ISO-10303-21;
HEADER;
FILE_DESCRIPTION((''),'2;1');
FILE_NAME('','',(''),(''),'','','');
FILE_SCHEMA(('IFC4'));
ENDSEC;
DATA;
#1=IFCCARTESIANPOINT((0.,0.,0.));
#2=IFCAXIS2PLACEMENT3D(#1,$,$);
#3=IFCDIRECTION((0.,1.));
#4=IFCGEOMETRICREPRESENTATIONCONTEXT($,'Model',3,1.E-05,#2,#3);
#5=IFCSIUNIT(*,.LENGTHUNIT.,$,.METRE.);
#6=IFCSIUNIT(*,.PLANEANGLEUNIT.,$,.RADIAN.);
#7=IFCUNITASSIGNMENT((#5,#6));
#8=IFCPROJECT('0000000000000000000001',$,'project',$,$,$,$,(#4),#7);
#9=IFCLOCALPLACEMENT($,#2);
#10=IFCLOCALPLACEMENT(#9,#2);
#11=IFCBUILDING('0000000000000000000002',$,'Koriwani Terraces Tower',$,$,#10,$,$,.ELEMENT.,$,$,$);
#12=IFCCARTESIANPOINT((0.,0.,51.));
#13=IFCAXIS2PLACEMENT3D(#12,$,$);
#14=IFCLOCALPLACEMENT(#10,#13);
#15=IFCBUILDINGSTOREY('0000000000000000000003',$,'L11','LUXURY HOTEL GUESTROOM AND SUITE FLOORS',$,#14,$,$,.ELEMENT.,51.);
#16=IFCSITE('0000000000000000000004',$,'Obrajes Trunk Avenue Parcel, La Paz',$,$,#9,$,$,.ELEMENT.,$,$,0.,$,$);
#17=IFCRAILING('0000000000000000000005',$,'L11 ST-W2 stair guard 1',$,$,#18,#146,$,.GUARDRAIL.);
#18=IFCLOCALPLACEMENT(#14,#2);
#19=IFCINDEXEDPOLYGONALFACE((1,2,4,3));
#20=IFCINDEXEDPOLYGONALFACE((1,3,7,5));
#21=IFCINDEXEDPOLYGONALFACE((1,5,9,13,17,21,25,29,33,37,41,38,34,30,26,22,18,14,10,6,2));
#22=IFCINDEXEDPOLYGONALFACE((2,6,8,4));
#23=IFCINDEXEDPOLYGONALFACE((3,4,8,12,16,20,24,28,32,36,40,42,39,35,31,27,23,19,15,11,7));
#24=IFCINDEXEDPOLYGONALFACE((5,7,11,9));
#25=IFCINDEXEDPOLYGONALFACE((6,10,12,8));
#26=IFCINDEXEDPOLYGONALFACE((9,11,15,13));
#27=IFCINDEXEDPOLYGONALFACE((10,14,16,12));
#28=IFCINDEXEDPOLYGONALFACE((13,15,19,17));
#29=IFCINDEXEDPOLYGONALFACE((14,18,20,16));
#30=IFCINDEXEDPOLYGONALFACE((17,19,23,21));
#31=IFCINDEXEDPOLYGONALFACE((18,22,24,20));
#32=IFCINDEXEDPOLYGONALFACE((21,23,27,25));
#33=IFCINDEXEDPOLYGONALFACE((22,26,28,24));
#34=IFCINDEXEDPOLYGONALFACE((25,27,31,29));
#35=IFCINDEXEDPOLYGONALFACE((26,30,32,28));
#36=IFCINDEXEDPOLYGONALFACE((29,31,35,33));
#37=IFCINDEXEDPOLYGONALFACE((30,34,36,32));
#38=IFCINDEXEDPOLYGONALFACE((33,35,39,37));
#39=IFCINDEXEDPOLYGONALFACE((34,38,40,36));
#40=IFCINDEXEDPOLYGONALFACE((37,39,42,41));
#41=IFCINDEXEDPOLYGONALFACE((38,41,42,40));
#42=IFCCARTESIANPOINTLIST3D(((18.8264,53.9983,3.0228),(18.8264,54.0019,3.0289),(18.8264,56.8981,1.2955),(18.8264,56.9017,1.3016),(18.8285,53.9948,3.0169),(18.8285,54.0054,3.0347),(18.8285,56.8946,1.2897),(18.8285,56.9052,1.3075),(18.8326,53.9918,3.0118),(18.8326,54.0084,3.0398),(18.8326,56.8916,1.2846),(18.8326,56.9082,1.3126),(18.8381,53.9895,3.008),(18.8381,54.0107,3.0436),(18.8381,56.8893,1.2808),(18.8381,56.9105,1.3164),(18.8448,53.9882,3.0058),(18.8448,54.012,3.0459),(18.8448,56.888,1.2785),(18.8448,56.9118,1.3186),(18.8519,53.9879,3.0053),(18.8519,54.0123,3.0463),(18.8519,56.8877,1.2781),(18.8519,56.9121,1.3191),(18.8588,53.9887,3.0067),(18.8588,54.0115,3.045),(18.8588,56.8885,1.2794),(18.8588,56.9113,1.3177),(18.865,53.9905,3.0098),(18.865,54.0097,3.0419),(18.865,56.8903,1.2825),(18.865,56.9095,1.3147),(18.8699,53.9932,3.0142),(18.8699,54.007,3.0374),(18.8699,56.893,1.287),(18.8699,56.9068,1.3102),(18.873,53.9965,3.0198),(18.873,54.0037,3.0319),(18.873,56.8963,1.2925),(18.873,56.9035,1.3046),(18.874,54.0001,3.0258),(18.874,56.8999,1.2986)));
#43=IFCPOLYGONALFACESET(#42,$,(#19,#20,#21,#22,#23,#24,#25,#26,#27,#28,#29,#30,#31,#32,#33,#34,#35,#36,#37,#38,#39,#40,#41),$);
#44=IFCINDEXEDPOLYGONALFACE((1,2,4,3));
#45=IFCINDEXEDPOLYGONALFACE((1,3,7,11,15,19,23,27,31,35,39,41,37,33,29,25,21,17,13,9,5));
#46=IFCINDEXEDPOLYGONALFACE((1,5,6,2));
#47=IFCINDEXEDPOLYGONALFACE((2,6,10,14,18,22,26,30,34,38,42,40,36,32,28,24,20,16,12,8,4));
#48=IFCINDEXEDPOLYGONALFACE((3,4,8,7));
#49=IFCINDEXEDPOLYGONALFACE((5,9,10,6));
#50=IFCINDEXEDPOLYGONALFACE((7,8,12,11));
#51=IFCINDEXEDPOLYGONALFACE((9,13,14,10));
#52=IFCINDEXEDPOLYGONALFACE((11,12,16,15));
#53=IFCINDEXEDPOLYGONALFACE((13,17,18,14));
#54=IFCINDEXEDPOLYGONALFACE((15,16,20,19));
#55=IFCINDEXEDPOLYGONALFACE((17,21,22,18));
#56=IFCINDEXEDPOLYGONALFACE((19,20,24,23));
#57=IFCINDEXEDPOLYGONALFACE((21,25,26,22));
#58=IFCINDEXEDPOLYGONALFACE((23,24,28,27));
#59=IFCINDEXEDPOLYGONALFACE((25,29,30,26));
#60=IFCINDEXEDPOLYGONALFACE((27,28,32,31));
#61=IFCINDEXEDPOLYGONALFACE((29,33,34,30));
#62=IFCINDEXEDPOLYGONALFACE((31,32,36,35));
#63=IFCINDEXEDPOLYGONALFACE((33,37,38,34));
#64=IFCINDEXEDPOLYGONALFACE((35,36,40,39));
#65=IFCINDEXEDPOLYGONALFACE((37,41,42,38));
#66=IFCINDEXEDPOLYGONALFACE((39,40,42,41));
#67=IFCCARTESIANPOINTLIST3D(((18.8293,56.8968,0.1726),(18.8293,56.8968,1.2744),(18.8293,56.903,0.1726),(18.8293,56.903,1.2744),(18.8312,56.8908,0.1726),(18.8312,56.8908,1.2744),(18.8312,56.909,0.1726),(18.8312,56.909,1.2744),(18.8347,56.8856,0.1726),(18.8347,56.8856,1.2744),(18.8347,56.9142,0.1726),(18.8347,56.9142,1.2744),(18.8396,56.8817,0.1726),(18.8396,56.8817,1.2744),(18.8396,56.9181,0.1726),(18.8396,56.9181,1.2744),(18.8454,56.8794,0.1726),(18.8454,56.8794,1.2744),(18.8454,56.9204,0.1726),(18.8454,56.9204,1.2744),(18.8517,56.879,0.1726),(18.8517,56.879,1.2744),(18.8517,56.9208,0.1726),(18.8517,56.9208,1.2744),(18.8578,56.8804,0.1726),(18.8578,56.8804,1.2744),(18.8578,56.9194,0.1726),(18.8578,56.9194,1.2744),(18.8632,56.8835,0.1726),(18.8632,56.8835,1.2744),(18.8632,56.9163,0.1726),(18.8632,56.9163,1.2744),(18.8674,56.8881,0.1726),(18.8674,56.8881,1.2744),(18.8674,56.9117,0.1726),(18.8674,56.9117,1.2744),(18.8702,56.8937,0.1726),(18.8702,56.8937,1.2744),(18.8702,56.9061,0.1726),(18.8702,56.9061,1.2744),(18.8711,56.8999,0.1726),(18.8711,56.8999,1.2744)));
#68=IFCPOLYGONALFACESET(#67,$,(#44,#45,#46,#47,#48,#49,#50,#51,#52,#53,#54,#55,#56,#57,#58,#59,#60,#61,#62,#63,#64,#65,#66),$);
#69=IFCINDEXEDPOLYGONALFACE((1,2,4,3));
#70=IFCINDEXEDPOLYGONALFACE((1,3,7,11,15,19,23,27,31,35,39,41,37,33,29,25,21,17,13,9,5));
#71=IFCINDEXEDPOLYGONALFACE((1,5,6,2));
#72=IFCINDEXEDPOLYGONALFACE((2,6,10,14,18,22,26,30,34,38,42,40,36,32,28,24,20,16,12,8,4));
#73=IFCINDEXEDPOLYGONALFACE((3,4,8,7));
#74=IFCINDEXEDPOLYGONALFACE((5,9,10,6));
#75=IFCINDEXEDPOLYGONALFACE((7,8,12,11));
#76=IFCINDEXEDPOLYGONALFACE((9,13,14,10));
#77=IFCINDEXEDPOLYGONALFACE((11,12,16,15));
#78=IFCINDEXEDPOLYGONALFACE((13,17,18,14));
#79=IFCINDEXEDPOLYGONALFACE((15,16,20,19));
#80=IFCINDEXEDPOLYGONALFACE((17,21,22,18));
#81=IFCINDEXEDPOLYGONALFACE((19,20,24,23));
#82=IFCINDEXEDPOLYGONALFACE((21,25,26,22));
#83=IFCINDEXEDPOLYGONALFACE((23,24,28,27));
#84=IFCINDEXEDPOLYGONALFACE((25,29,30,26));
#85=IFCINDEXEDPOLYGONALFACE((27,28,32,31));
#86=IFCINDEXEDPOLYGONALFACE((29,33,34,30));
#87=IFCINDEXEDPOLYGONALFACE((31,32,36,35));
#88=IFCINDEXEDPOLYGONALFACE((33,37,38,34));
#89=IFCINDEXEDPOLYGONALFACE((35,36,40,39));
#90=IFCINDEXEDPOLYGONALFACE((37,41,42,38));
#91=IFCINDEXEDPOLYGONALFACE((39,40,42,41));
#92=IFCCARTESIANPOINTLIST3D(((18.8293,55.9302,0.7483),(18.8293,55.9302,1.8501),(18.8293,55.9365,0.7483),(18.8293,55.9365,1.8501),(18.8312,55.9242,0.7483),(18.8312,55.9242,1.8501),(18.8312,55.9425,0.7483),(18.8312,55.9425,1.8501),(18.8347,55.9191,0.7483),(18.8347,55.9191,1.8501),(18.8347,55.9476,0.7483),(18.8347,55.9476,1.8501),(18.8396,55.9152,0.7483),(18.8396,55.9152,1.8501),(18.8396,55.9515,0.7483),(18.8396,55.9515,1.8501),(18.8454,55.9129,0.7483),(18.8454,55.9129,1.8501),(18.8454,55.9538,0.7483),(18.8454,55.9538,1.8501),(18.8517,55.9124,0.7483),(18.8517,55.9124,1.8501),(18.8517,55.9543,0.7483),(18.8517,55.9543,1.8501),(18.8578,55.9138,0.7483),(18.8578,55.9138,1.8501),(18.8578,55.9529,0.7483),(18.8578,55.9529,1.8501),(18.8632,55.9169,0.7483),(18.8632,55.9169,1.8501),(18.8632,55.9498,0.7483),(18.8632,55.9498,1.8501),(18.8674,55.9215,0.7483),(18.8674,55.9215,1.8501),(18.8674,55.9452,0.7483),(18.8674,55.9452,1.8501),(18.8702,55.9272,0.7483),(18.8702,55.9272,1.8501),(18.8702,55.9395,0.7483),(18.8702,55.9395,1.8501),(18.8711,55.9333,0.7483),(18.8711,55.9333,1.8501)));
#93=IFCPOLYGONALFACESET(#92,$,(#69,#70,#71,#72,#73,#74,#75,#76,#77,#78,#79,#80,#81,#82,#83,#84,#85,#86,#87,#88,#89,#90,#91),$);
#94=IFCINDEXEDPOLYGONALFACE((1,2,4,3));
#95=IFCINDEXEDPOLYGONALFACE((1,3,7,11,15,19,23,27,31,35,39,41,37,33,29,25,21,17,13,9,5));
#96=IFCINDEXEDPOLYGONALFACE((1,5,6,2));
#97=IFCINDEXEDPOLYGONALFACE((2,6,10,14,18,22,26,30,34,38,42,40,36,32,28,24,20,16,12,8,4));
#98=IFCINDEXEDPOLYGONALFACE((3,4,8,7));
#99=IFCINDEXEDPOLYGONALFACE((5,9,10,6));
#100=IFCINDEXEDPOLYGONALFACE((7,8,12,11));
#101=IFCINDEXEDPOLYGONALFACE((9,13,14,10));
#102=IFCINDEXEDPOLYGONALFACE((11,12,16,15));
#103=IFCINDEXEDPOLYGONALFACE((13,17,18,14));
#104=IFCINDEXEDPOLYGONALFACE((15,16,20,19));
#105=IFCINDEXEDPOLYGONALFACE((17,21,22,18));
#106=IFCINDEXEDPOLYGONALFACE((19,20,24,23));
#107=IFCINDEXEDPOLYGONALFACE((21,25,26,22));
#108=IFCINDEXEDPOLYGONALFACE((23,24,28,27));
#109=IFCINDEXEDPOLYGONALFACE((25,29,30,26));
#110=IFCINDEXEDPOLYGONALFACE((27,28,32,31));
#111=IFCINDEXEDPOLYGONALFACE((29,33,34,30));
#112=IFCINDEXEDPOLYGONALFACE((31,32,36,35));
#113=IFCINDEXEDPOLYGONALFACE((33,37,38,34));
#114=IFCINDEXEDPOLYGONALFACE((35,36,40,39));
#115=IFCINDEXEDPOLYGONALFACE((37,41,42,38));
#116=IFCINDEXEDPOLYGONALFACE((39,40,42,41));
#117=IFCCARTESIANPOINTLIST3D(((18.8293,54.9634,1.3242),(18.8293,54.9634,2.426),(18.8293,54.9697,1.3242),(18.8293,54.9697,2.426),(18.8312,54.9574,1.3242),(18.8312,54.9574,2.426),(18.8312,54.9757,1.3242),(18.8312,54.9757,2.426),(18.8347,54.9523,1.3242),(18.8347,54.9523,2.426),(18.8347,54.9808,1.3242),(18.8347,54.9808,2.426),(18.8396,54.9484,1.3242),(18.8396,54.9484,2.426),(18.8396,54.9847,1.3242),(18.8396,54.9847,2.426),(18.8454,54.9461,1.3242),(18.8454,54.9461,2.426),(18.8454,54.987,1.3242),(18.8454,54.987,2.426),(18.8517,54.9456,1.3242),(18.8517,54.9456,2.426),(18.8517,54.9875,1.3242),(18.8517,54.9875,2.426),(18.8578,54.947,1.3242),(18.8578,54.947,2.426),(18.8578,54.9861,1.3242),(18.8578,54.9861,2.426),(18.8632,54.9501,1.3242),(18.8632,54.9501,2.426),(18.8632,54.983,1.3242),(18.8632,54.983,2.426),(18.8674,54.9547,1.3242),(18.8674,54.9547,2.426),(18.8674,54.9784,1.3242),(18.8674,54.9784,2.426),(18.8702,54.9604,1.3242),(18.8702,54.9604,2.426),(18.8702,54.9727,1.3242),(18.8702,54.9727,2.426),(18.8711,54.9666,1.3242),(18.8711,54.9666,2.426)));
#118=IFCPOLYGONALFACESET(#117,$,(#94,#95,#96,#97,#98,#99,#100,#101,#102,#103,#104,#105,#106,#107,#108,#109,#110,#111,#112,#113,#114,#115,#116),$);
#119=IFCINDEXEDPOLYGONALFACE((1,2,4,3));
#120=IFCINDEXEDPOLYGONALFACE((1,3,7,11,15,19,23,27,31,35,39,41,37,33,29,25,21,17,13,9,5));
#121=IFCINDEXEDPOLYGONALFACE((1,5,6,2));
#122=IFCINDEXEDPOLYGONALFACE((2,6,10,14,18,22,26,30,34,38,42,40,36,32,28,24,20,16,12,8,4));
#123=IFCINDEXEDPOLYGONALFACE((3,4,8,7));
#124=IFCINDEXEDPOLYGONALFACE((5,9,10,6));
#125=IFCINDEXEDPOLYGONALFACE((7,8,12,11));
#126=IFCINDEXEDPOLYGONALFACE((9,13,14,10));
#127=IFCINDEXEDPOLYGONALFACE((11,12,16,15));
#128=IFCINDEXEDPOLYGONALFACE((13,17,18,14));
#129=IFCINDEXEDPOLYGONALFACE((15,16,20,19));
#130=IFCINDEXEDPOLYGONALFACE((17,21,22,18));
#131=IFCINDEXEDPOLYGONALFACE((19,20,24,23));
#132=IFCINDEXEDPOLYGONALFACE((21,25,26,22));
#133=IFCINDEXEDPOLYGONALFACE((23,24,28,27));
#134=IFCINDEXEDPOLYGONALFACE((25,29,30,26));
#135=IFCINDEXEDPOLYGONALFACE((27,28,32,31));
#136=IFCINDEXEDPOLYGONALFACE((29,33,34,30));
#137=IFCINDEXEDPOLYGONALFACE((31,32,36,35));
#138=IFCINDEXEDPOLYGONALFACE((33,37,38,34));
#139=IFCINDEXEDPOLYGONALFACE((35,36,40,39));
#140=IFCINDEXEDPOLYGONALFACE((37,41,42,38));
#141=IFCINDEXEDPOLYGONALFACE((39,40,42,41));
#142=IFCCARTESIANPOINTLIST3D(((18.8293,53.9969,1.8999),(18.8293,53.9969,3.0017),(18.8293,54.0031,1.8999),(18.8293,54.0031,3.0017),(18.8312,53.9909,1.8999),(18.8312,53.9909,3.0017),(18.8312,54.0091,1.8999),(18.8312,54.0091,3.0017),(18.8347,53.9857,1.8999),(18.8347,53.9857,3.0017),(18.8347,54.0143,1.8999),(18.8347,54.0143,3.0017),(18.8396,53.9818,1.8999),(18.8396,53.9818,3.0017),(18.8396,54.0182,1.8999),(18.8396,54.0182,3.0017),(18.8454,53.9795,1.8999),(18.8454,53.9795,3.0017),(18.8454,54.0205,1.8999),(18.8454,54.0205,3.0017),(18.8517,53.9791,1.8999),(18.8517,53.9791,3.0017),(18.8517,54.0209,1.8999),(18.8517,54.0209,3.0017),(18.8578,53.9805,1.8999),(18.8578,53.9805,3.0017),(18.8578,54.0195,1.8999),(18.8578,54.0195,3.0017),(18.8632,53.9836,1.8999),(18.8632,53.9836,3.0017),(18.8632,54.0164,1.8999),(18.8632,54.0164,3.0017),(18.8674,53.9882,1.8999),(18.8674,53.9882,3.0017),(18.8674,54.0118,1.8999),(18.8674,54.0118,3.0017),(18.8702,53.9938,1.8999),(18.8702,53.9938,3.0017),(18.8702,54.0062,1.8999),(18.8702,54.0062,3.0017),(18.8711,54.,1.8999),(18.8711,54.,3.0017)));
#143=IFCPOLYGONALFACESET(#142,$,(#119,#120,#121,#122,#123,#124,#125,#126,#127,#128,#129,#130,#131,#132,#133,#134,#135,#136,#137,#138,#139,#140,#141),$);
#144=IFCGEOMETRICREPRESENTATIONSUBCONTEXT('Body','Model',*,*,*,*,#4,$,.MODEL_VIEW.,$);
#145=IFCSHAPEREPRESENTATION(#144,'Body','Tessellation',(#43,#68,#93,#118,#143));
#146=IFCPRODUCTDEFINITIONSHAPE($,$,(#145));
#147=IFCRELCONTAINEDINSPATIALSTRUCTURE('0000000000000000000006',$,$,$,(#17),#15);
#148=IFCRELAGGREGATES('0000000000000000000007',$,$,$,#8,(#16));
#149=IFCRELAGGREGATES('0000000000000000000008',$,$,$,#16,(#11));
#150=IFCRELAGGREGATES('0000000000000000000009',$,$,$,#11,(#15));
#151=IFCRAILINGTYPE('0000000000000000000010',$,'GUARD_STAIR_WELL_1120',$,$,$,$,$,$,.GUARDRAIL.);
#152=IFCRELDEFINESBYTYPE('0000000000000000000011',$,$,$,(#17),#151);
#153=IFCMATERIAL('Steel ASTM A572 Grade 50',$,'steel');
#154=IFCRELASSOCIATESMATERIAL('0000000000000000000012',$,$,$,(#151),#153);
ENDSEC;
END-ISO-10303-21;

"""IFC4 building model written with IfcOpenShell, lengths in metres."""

from ifc_helpers import new_model, si_unit, direction, frame, origin, origin_2d, place, context, subcontext, project, spatial, circle, extrude, material, type_object, element, save


model = new_model("IFC4")

# Units and contexts
model_context = context("Model", 3, precision=1e-05, world=origin(), true_north=direction((0.0, 1.0)))
body_context = subcontext(model_context, "Body", "Model", "MODEL_VIEW")
ifc_project = project(units=[si_unit("LENGTHUNIT", "METRE"), si_unit("PLANEANGLEUNIT", "RADIAN")], contexts=[model_context])

# Site, building, storey
site_placement = place(None, origin())
site = spatial("IfcSite", under=ifc_project, at=site_placement, Name="Obrajes Trunk Avenue Parcel, La Paz", CompositionType="ELEMENT", RefElevation=0.0)
building_placement = place(site_placement, origin())
building = spatial("IfcBuilding", under=site, at=building_placement, Name="Koriwani Terraces Tower", CompositionType="ELEMENT")
storey_placement = place(building_placement, frame((0.0, 0.0, 51.0)))
storey = spatial("IfcBuildingStorey", under=building, at=storey_placement, Name="L11", Description="LUXURY HOTEL GUESTROOM AND SUITE FLOORS", CompositionType="ELEMENT", Elevation=51.0)

# Shared definitions
ifc_material_1 = material(Name="Steel ASTM A572 Grade 50", Category="steel")

# Railing
railing_type_1 = type_object("IfcRailingType", Name="GUARD_STAIR_WELL_1120", PredefinedType="GUARDRAIL", material=ifc_material_1)
railing_1_placement = place(storey_placement, frame((18.8501, 56.8999, 0.1726)))
element("IfcRailing", 1, at=railing_1_placement, inside=storey, type_object=railing_type_1, Name="L11 ST-W2 stair guard 1", PredefinedType="GUARDRAIL", context=body_context, shape_type="SweptSolid", body=[
    extrude(circle(Radius=0.0239, at=origin_2d()), frame((0.0, 0.0, 1.126), z_axis=(0.0, -0.859141, 0.511738), x_axis=(1.0, 0.0, 0.0)), (0.0, 0.0, 1.0), 3.3752),
    extrude(circle(Radius=0.021, at=origin_2d()), origin(), (0.0, 0.0, 1.0), 1.1018),
    extrude(circle(Radius=0.021, at=origin_2d()), frame((0.0, -0.9666, 0.5757)), (0.0, 0.0, 1.0), 1.1018),
    extrude(circle(Radius=0.021, at=origin_2d()), frame((0.0, -1.9333, 1.1516)), (0.0, 0.0, 1.0), 1.1018),
    extrude(circle(Radius=0.021, at=origin_2d()), frame((0.0, -2.8999, 1.7273)), (0.0, 0.0, 1.0), 1.1018),
])

save(model, "model.ifc")
